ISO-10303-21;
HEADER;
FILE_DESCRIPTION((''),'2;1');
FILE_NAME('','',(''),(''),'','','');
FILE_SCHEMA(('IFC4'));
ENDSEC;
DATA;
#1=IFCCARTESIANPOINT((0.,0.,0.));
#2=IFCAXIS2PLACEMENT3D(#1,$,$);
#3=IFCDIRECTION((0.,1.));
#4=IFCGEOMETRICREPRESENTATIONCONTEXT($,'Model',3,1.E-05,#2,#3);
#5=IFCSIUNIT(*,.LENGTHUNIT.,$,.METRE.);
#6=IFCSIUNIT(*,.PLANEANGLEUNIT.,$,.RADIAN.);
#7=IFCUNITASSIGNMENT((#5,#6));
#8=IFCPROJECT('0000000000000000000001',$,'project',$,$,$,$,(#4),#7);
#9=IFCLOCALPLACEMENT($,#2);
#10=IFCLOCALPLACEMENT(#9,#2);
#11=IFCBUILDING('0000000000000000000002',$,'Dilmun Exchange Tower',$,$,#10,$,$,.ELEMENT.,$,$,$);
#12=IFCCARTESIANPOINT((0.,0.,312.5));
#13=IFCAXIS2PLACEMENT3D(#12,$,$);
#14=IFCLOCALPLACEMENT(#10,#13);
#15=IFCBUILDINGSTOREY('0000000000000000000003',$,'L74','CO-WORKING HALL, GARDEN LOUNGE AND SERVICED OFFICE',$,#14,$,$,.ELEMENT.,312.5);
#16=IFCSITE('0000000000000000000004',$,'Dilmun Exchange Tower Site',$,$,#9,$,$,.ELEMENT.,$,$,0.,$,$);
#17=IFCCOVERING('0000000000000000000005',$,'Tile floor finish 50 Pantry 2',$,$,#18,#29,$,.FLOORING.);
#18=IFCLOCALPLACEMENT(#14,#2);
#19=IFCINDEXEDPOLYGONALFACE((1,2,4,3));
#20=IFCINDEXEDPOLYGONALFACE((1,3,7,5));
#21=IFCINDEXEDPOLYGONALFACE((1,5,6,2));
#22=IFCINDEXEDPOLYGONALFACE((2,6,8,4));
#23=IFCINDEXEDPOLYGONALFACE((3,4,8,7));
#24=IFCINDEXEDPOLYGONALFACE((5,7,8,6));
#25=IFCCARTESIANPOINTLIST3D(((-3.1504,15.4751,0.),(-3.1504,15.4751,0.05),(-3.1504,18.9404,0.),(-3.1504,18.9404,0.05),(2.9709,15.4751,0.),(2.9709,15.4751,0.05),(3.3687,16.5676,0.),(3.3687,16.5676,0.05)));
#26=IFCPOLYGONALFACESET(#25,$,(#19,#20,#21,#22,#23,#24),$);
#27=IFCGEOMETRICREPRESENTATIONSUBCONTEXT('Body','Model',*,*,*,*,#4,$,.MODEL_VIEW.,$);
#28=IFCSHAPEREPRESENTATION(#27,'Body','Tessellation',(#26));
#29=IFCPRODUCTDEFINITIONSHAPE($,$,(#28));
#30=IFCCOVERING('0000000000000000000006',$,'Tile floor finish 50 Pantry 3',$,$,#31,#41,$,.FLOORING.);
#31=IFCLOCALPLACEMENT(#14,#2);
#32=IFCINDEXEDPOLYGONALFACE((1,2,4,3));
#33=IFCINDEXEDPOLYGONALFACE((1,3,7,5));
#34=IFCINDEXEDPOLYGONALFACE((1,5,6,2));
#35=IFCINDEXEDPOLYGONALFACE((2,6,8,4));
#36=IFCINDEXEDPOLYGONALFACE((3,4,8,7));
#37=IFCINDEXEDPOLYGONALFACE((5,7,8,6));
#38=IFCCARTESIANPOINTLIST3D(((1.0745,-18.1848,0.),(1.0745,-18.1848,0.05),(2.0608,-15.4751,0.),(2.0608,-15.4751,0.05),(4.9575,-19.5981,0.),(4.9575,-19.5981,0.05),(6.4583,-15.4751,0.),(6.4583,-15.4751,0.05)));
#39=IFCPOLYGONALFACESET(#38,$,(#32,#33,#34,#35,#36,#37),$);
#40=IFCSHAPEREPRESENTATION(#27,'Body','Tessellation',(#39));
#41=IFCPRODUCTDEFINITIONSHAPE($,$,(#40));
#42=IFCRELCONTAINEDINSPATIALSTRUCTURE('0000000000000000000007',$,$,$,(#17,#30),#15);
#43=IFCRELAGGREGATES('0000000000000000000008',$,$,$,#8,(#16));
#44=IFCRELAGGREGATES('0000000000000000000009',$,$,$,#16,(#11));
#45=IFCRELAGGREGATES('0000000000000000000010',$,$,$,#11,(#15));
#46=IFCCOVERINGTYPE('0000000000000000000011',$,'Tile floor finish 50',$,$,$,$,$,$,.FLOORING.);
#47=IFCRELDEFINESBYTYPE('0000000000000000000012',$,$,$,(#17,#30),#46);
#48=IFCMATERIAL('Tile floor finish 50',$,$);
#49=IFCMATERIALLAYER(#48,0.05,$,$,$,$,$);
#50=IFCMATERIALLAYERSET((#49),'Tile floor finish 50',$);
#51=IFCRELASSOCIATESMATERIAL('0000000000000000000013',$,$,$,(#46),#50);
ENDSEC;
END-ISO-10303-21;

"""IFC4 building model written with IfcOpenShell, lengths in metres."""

from ifc_helpers import new_model, si_unit, direction, frame, origin, place, context, subcontext, project, spatial, polyline, outline, extrude, material, layer, layer_set, type_object, element, save


model = new_model("IFC4")

# Units and contexts
model_context = context("Model", 3, precision=1e-05, world=origin(), true_north=direction((0.0, 1.0)))
body_context = subcontext(model_context, "Body", "Model", "MODEL_VIEW")
ifc_project = project(units=[si_unit("LENGTHUNIT", "METRE"), si_unit("PLANEANGLEUNIT", "RADIAN")], contexts=[model_context])

# Site, building, storey
site_placement = place(None, origin())
site = spatial("IfcSite", under=ifc_project, at=site_placement, Name="Dilmun Exchange Tower Site", CompositionType="ELEMENT", RefElevation=0.0)
building_placement = place(site_placement, origin())
building = spatial("IfcBuilding", under=site, at=building_placement, Name="Dilmun Exchange Tower", CompositionType="ELEMENT")
storey_placement = place(building_placement, frame((0.0, 0.0, 312.5)))
storey = spatial("IfcBuildingStorey", under=building, at=storey_placement, Name="L74", Description="CO-WORKING HALL, GARDEN LOUNGE AND SERVICED OFFICE", CompositionType="ELEMENT", Elevation=312.5)

# Coverings
ifc_material_1 = material(Name="Tile floor finish 50")
ifc_layer_1 = layer(ifc_material_1, 0.05)
ifc_layer_set_1 = layer_set([ifc_layer_1], Name="Tile floor finish 50")
covering_type_1 = type_object("IfcCoveringType", Name="Tile floor finish 50", PredefinedType="FLOORING", material=ifc_layer_set_1)
covering_1_placement = place(storey_placement, origin())
element("IfcCovering", 1, at=covering_1_placement, inside=storey, type_object=covering_type_1, Name="Tile floor finish 50 Pantry 2", PredefinedType="FLOORING", context=body_context, shape_type="SweptSolid", body=[
    extrude(outline(polyline([(2.9709, 15.4751), (-3.1504, 15.4751), (-3.1504, 18.9404), (3.3687, 16.5676), (2.9709, 15.4751)])), origin(), (0.0, 0.0, 1.0), 0.05),
])
covering_2_placement = place(storey_placement, origin())
element("IfcCovering", 2, at=covering_2_placement, inside=storey, type_object=covering_type_1, Name="Tile floor finish 50 Pantry 3", PredefinedType="FLOORING", context=body_context, shape_type="SweptSolid", body=[
    extrude(outline(polyline([(4.9575, -19.5981), (1.0745, -18.1848), (2.0608, -15.4751), (6.4583, -15.4751), (4.9575, -19.5981)])), origin(), (0.0, 0.0, 1.0), 0.05),
])

save(model, "model.ifc")
